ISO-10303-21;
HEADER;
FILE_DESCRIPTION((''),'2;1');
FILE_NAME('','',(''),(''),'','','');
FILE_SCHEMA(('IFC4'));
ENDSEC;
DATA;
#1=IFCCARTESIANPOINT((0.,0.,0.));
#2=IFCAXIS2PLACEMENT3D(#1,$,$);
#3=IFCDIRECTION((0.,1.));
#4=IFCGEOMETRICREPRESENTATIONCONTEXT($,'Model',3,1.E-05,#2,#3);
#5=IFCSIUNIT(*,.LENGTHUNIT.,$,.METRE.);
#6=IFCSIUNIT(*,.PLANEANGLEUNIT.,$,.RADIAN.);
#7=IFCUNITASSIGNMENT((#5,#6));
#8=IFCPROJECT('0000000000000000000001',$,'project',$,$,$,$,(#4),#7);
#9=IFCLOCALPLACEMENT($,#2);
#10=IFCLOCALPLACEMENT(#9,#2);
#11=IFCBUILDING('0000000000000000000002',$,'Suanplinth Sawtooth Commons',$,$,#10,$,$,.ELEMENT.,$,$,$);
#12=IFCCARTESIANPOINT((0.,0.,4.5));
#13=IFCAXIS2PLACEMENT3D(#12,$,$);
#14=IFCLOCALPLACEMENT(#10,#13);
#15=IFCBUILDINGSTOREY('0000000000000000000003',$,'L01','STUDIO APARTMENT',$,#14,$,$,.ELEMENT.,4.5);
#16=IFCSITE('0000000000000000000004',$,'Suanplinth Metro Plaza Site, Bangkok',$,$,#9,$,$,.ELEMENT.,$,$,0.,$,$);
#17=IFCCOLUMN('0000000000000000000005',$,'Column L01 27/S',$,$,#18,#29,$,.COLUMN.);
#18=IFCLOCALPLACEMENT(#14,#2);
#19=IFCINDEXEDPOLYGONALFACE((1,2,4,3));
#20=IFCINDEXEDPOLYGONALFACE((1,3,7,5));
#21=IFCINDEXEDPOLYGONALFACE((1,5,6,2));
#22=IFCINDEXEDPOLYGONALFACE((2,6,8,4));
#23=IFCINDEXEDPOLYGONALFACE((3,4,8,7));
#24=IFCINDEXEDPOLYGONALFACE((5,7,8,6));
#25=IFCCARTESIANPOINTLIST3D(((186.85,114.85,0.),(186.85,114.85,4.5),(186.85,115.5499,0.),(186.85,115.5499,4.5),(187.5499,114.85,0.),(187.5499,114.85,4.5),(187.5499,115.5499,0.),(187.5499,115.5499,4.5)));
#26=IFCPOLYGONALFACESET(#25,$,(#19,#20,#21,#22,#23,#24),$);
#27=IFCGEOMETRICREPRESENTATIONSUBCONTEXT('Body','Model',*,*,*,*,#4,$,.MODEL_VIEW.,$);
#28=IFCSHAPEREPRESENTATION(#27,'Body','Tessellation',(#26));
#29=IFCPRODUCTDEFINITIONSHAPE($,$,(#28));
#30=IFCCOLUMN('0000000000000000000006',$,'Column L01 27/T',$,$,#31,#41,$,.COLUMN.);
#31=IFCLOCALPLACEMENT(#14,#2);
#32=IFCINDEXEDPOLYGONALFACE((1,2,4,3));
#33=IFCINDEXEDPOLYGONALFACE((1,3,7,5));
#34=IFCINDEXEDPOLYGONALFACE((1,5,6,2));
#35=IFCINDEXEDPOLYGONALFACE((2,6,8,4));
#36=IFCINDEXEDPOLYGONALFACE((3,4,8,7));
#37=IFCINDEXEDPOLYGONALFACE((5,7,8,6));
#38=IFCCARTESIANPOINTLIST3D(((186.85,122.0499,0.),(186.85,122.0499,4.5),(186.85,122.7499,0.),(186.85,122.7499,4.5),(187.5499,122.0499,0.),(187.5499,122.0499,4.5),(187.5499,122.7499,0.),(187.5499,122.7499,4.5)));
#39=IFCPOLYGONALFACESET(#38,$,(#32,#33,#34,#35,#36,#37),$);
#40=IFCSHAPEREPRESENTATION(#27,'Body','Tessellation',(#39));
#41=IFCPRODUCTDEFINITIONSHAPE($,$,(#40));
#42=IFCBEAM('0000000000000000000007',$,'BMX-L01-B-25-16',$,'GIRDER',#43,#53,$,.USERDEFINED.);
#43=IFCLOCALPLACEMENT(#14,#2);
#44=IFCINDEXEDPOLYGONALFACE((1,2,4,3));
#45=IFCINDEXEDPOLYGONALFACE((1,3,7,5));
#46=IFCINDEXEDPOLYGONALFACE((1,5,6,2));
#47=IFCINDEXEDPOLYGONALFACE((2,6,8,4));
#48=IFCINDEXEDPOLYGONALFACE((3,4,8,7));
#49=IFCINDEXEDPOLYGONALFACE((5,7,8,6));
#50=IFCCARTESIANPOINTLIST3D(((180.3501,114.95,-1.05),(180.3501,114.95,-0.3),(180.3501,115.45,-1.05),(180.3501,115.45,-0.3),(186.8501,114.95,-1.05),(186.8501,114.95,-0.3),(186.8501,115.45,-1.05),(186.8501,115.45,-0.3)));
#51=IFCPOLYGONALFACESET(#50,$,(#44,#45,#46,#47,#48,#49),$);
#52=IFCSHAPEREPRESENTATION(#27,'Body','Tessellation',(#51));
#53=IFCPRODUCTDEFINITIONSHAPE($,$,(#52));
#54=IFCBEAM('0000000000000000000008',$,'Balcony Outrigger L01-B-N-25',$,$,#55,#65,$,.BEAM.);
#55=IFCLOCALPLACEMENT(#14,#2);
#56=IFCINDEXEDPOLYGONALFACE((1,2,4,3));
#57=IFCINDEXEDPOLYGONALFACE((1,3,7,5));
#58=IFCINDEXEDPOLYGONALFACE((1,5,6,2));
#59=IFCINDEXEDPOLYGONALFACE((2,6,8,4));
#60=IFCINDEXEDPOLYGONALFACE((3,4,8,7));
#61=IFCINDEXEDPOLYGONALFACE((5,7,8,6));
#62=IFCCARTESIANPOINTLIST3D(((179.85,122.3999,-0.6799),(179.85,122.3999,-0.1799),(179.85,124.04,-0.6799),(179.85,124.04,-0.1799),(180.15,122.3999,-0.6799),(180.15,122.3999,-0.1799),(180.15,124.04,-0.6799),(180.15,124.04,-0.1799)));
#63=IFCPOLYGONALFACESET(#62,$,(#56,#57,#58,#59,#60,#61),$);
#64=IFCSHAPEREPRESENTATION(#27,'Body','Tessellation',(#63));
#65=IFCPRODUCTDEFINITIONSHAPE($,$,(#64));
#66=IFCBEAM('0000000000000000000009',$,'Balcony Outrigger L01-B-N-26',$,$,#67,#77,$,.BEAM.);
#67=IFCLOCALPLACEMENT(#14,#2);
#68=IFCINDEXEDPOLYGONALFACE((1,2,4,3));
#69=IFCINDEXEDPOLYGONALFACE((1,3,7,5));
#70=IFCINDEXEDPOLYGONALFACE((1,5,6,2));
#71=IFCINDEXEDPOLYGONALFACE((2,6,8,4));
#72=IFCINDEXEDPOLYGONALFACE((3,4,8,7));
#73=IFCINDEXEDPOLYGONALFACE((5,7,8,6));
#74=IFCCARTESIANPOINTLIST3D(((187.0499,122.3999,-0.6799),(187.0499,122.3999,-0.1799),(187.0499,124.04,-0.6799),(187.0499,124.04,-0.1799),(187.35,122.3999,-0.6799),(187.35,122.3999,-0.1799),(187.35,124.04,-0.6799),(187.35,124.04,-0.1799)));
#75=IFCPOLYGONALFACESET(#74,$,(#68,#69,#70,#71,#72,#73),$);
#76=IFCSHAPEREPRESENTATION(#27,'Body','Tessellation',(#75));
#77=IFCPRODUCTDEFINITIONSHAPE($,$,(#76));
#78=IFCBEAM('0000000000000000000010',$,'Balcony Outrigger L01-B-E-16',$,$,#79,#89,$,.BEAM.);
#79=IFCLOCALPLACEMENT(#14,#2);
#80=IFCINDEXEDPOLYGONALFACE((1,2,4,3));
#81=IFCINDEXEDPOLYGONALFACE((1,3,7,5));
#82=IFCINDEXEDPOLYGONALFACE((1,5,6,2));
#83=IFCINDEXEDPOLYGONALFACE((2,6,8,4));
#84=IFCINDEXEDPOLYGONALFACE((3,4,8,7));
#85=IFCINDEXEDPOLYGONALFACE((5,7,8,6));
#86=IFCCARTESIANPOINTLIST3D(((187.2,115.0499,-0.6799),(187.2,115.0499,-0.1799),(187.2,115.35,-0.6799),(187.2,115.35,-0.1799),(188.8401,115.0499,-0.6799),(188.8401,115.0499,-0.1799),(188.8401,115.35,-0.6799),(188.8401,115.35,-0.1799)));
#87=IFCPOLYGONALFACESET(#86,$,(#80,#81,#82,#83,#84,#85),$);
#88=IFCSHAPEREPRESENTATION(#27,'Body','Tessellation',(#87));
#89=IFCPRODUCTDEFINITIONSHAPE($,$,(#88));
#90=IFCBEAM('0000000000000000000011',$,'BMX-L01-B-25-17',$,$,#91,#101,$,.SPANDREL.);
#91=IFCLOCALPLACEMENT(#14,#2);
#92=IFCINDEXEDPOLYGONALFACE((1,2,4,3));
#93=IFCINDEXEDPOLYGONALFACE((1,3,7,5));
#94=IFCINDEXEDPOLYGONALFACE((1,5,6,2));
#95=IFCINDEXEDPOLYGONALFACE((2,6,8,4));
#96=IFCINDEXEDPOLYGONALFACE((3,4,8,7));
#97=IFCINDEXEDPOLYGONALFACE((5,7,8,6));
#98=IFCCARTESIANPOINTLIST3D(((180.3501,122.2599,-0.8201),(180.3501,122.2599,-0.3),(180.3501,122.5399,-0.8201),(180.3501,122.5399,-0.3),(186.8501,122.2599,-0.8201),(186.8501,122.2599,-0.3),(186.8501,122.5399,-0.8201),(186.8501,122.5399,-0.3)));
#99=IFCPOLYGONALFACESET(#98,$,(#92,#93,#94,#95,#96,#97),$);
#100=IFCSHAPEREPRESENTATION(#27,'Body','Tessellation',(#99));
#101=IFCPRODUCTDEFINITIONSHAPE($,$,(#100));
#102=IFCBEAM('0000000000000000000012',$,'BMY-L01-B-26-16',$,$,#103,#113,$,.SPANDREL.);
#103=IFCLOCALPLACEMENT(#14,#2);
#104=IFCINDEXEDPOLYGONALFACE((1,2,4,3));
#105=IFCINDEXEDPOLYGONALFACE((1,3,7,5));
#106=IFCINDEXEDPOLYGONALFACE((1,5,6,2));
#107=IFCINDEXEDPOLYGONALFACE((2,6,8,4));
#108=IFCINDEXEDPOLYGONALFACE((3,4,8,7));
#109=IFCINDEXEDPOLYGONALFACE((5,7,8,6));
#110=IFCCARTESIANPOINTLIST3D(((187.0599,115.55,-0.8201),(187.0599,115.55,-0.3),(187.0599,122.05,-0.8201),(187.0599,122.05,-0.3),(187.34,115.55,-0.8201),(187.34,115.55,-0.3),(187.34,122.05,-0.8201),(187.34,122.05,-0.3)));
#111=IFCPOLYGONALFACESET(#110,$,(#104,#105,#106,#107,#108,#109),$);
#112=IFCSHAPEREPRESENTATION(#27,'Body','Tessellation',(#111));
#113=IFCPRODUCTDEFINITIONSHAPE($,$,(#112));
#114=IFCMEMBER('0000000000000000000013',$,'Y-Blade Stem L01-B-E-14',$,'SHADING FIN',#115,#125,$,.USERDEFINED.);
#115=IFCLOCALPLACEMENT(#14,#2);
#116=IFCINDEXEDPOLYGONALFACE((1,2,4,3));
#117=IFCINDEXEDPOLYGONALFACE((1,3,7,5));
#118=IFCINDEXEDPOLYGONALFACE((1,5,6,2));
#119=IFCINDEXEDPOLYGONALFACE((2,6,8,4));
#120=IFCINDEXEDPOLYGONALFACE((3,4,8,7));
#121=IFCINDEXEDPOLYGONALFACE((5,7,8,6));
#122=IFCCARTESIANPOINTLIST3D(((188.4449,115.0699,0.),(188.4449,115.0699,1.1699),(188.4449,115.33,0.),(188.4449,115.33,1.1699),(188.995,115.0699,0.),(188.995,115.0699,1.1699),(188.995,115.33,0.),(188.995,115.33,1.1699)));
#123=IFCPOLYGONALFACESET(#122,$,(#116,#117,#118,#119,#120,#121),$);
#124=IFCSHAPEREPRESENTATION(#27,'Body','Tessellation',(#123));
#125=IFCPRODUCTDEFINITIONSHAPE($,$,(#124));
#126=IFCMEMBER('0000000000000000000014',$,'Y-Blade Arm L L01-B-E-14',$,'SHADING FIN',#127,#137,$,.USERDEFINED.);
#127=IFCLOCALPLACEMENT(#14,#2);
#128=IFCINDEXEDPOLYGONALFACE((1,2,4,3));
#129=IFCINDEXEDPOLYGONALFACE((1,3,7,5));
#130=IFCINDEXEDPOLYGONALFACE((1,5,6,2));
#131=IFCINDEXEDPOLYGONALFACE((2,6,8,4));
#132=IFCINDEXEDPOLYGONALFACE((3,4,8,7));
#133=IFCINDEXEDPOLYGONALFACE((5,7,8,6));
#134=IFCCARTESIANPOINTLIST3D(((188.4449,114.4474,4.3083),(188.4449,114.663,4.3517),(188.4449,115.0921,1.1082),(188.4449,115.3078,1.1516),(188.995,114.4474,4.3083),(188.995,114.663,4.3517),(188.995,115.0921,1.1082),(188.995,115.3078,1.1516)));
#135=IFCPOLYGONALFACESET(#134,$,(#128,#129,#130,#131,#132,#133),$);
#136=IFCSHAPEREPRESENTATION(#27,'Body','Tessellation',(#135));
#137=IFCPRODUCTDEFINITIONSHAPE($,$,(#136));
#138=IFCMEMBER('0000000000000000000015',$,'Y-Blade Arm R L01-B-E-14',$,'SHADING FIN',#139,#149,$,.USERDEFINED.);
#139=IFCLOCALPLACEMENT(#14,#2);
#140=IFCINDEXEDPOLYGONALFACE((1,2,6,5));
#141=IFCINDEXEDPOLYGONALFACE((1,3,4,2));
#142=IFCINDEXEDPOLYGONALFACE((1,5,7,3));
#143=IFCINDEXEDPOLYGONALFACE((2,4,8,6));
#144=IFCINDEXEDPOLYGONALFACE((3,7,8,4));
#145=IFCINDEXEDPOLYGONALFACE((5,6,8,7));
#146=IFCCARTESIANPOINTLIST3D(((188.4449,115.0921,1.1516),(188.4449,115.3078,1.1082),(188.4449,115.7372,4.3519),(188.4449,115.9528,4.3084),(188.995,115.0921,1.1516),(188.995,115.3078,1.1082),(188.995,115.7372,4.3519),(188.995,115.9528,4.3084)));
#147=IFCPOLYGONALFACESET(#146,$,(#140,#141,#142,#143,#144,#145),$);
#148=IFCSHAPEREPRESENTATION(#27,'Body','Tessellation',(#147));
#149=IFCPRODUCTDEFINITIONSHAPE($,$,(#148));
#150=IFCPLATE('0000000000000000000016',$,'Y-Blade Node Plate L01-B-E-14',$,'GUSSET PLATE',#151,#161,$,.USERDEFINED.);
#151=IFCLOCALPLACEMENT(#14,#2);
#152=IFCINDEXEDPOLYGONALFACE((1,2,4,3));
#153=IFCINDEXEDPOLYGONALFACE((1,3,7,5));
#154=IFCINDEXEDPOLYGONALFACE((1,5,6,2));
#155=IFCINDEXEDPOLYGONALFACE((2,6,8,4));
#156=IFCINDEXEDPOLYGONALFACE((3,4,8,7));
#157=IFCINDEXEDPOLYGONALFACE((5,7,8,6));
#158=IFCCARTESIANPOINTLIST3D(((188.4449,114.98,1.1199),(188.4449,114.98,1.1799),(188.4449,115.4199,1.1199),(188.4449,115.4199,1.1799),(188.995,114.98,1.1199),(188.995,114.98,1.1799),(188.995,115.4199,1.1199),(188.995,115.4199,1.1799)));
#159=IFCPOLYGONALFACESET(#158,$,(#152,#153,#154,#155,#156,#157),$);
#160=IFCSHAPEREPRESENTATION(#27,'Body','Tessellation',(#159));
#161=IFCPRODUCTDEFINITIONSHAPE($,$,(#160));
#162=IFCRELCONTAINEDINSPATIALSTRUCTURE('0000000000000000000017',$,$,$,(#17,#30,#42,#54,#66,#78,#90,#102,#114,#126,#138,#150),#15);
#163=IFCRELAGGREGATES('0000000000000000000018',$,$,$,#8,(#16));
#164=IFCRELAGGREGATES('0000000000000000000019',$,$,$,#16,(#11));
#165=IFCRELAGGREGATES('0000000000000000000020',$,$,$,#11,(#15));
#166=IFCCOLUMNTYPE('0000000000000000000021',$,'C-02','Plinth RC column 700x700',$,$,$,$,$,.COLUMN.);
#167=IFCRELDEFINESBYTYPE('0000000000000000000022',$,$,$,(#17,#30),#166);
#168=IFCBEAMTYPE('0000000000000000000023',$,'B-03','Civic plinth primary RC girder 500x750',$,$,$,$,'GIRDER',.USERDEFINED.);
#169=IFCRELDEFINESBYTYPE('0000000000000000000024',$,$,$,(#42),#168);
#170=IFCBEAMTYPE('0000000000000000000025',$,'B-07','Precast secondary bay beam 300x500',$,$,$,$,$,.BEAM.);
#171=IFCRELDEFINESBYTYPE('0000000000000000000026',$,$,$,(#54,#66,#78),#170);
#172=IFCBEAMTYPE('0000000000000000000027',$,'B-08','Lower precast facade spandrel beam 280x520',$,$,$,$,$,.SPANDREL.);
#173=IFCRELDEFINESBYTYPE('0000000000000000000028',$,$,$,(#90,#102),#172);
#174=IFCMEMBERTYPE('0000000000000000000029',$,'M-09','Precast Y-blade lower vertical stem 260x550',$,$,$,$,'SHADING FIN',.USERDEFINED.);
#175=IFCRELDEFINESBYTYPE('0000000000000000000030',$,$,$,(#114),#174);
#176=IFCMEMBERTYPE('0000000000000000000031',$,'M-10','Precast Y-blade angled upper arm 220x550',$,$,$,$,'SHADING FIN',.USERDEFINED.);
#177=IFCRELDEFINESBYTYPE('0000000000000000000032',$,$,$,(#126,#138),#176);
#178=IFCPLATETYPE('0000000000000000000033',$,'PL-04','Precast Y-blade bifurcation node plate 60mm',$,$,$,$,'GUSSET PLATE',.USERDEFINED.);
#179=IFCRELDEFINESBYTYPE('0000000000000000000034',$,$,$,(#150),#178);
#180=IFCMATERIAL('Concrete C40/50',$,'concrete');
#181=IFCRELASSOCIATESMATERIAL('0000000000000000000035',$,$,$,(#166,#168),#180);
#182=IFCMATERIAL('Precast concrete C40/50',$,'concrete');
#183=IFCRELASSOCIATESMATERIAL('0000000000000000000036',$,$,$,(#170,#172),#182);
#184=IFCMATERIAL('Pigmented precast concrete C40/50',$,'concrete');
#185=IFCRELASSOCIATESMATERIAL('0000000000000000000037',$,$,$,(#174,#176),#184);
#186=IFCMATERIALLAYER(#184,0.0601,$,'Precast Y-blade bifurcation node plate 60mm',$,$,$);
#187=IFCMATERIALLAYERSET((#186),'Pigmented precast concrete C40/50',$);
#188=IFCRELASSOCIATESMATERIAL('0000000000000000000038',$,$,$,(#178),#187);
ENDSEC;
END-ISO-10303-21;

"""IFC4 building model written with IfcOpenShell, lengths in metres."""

from ifc_helpers import new_model, si_unit, direction, frame, origin, origin_2d, place, context, subcontext, project, spatial, rectangle, extrude, material, layer, layer_set, material_profile, profile_set, type_object, element, save


model = new_model("IFC4")

# Units and contexts
model_context = context("Model", 3, precision=1e-05, world=origin(), true_north=direction((0.0, 1.0)))
body_context = subcontext(model_context, "Body", "Model", "MODEL_VIEW")
ifc_project = project(units=[si_unit("LENGTHUNIT", "METRE"), si_unit("PLANEANGLEUNIT", "RADIAN")], contexts=[model_context])

# Site, building, storey
site_placement = place(None, origin())
site = spatial("IfcSite", under=ifc_project, at=site_placement, Name="Suanplinth Metro Plaza Site, Bangkok", CompositionType="ELEMENT", RefElevation=0.0)
building_placement = place(site_placement, origin())
building = spatial("IfcBuilding", under=site, at=building_placement, Name="Suanplinth Sawtooth Commons", CompositionType="ELEMENT")
storey_placement = place(building_placement, frame((0.0, 0.0, 4.5)))
storey = spatial("IfcBuildingStorey", under=building, at=storey_placement, Name="L01", Description="STUDIO APARTMENT", CompositionType="ELEMENT", Elevation=4.5)

# Columns
ifc_material_1 = material(Name="Concrete C40/50", Category="concrete")
ifc_material_profile_1 = material_profile(ifc_material_1, rectangle(XDim=0.7, YDim=0.7, at=origin_2d()), Name="RC-COL 700x700")
ifc_profile_set_1 = profile_set([ifc_material_profile_1], Name="Concrete C40/50")
column_type = type_object("IfcColumnType", Name="C-02", Description="Plinth RC column 700x700", PredefinedType="COLUMN", material=ifc_profile_set_1)
for number, where, z_axis, x_axis, name in (
    (1, (187.2, 115.2, 0.0), (0.0, 0.0, 1.0), (1.0, 0.0, 0.0), "Column L01 27/S"),
    (2, (187.2, 122.3999, 0.0), (0.0, 0.0, 1.0), (1.0, 0.0, 0.0), "Column L01 27/T"),
):
    element("IfcColumn", number, at=place(storey_placement, frame(where, z_axis=z_axis, x_axis=x_axis)), inside=storey, type_object=column_type, Name=name, PredefinedType="COLUMN", context=body_context, shape_type="SweptSolid", body=[
        extrude(rectangle(XDim=0.7, YDim=0.7, at=origin_2d()), origin(), (0.0, 0.0, 1.0), 4.5),
    ])

# Beams
ifc_material_profile_2 = material_profile(ifc_material_1, rectangle(XDim=0.5, YDim=0.75, at=origin_2d()), Name="RC-GDR 500x750")
ifc_profile_set_2 = profile_set([ifc_material_profile_2], Name="Concrete C40/50")
beam_type_1 = type_object("IfcBeamType", Name="B-03", Description="Civic plinth primary RC girder 500x750", ElementType="GIRDER", PredefinedType="USERDEFINED", material=ifc_profile_set_2)
beam_placement = place(storey_placement, frame((180.3501, 115.2, -0.675), z_axis=(1.0, 0.0, 0.0), x_axis=(0.0, 1.0, 0.0)))
element("IfcBeam", 3, at=beam_placement, inside=storey, type_object=beam_type_1, Name="BMX-L01-B-25-16", ObjectType="GIRDER", PredefinedType="USERDEFINED", context=body_context, shape_type="SweptSolid", body=[
    extrude(rectangle(XDim=0.5, YDim=0.75, at=origin_2d()), origin(), (0.0, 0.0, 1.0), 6.5),
])
ifc_material_2 = material(Name="Precast concrete C40/50", Category="concrete")
ifc_material_profile_3 = material_profile(ifc_material_2, rectangle(XDim=0.3, YDim=0.5, at=origin_2d()), Name="PC-BM 300x500")
ifc_profile_set_3 = profile_set([ifc_material_profile_3], Name="Precast concrete C40/50")
beam_type_2 = type_object("IfcBeamType", Name="B-07", Description="Precast secondary bay beam 300x500", PredefinedType="BEAM", material=ifc_profile_set_3)
for number, where, z_axis, x_axis, name in (
    (4, (180.0, 122.3999, -0.4299), (0.0, 1.0, 0.0), (-1.0, 0.0, 0.0), "Balcony Outrigger L01-B-N-25"),
    (5, (187.2, 122.3999, -0.4299), (0.0, 1.0, 0.0), (-1.0, 0.0, 0.0), "Balcony Outrigger L01-B-N-26"),
    (6, (187.2, 115.2, -0.4299), (1.0, 0.0, 0.0), (0.0, 1.0, 0.0), "Balcony Outrigger L01-B-E-16"),
):
    element("IfcBeam", number, at=place(storey_placement, frame(where, z_axis=z_axis, x_axis=x_axis)), inside=storey, type_object=beam_type_2, Name=name, PredefinedType="BEAM", context=body_context, shape_type="SweptSolid", body=[
        extrude(rectangle(XDim=0.3, YDim=0.5, at=origin_2d()), origin(), (0.0, 0.0, 1.0), 1.6401),
    ])
ifc_material_profile_4 = material_profile(ifc_material_2, rectangle(XDim=0.28, YDim=0.52, at=origin_2d()), Name="PC-SP 280x520")
ifc_profile_set_4 = profile_set([ifc_material_profile_4], Name="Precast concrete C40/50")
beam_type_3 = type_object("IfcBeamType", Name="B-08", Description="Lower precast facade spandrel beam 280x520", PredefinedType="SPANDREL", material=ifc_profile_set_4)
for number, where, z_axis, x_axis, name in (
    (7, (180.3501, 122.3999, -0.5601), (1.0, 0.0, 0.0), (0.0, 1.0, 0.0), "BMX-L01-B-25-17"),
    (8, (187.2, 115.55, -0.5601), (0.0, 1.0, 0.0), (-1.0, 0.0, 0.0), "BMY-L01-B-26-16"),
):
    element("IfcBeam", number, at=place(storey_placement, frame(where, z_axis=z_axis, x_axis=x_axis)), inside=storey, type_object=beam_type_3, Name=name, PredefinedType="SPANDREL", context=body_context, shape_type="SweptSolid", body=[
        extrude(rectangle(XDim=0.28, YDim=0.52, at=origin_2d()), origin(), (0.0, 0.0, 1.0), 6.5),
    ])

# Members
ifc_material_3 = material(Name="Pigmented precast concrete C40/50", Category="concrete")
ifc_material_profile_5 = material_profile(ifc_material_3, rectangle(XDim=0.26, YDim=0.55, at=origin_2d()), Name="PC-FIN 260x550")
ifc_profile_set_5 = profile_set([ifc_material_profile_5], Name="Pigmented precast concrete C40/50")
member_type_1 = type_object("IfcMemberType", Name="M-09", Description="Precast Y-blade lower vertical stem 260x550", ElementType="SHADING FIN", PredefinedType="USERDEFINED", material=ifc_profile_set_5)
member_1_placement = place(storey_placement, frame((188.72, 115.2, 0.0), z_axis=(0.0, 0.0, 1.0), x_axis=(0.0, 1.0, 0.0)))
element("IfcMember", 9, at=member_1_placement, inside=storey, type_object=member_type_1, Name="Y-Blade Stem L01-B-E-14", ObjectType="SHADING FIN", PredefinedType="USERDEFINED", context=body_context, shape_type="SweptSolid", body=[
    extrude(rectangle(XDim=0.26, YDim=0.55, at=origin_2d()), origin(), (0.0, 0.0, 1.0), 1.1699),
])
ifc_material_profile_6 = material_profile(ifc_material_3, rectangle(XDim=0.22, YDim=0.55, at=origin_2d()), Name="PC-FIN 220x550")
ifc_profile_set_6 = profile_set([ifc_material_profile_6], Name="Pigmented precast concrete C40/50")
member_type_2 = type_object("IfcMemberType", Name="M-10", Description="Precast Y-blade angled upper arm 220x550", ElementType="SHADING FIN", PredefinedType="USERDEFINED", material=ifc_profile_set_6)
member_2_placement = place(storey_placement, frame((188.72, 115.2, 1.1299), z_axis=(0.0, -0.197511, 0.980301), x_axis=(0.0, 0.980301, 0.197511)))
element("IfcMember", 10, at=member_2_placement, inside=storey, type_object=member_type_2, Name="Y-Blade Arm L L01-B-E-14", ObjectType="SHADING FIN", PredefinedType="USERDEFINED", context=body_context, shape_type="SweptSolid", body=[
    extrude(rectangle(XDim=0.22, YDim=0.55, at=origin_2d()), origin(), (0.0, 0.0, 1.0), 3.2644),
])
member_3_placement = place(storey_placement, frame((188.72, 115.2, 1.1299), z_axis=(0.0, 0.197583, 0.980286), x_axis=(0.0, -0.980286, 0.197583)))
element("IfcMember", 11, at=member_3_placement, inside=storey, type_object=member_type_2, Name="Y-Blade Arm R L01-B-E-14", ObjectType="SHADING FIN", PredefinedType="USERDEFINED", context=body_context, shape_type="SweptSolid", body=[
    extrude(rectangle(XDim=0.22, YDim=0.55, at=origin_2d()), origin(), (0.0, 0.0, 1.0), 3.2646),
])

# Plate
ifc_layer_1 = layer(ifc_material_3, 0.0601, Name="Precast Y-blade bifurcation node plate 60mm")
ifc_layer_set_1 = layer_set([ifc_layer_1], Name="Pigmented precast concrete C40/50")
plate_type = type_object("IfcPlateType", Name="PL-04", Description="Precast Y-blade bifurcation node plate 60mm", ElementType="GUSSET PLATE", PredefinedType="USERDEFINED", material=ifc_layer_set_1)
plate_placement = place(storey_placement, frame((188.72, 115.2, 1.1199), z_axis=(0.0, 0.0, 1.0), x_axis=(0.0, 1.0, 0.0)))
element("IfcPlate", 12, at=plate_placement, inside=storey, type_object=plate_type, Name="Y-Blade Node Plate L01-B-E-14", ObjectType="GUSSET PLATE", PredefinedType="USERDEFINED", context=body_context, shape_type="SweptSolid", body=[
    extrude(rectangle(XDim=0.4399, YDim=0.55, at=origin_2d()), origin(), (0.0, 0.0, 1.0), 0.0601),
])

save(model, "model.ifc")
